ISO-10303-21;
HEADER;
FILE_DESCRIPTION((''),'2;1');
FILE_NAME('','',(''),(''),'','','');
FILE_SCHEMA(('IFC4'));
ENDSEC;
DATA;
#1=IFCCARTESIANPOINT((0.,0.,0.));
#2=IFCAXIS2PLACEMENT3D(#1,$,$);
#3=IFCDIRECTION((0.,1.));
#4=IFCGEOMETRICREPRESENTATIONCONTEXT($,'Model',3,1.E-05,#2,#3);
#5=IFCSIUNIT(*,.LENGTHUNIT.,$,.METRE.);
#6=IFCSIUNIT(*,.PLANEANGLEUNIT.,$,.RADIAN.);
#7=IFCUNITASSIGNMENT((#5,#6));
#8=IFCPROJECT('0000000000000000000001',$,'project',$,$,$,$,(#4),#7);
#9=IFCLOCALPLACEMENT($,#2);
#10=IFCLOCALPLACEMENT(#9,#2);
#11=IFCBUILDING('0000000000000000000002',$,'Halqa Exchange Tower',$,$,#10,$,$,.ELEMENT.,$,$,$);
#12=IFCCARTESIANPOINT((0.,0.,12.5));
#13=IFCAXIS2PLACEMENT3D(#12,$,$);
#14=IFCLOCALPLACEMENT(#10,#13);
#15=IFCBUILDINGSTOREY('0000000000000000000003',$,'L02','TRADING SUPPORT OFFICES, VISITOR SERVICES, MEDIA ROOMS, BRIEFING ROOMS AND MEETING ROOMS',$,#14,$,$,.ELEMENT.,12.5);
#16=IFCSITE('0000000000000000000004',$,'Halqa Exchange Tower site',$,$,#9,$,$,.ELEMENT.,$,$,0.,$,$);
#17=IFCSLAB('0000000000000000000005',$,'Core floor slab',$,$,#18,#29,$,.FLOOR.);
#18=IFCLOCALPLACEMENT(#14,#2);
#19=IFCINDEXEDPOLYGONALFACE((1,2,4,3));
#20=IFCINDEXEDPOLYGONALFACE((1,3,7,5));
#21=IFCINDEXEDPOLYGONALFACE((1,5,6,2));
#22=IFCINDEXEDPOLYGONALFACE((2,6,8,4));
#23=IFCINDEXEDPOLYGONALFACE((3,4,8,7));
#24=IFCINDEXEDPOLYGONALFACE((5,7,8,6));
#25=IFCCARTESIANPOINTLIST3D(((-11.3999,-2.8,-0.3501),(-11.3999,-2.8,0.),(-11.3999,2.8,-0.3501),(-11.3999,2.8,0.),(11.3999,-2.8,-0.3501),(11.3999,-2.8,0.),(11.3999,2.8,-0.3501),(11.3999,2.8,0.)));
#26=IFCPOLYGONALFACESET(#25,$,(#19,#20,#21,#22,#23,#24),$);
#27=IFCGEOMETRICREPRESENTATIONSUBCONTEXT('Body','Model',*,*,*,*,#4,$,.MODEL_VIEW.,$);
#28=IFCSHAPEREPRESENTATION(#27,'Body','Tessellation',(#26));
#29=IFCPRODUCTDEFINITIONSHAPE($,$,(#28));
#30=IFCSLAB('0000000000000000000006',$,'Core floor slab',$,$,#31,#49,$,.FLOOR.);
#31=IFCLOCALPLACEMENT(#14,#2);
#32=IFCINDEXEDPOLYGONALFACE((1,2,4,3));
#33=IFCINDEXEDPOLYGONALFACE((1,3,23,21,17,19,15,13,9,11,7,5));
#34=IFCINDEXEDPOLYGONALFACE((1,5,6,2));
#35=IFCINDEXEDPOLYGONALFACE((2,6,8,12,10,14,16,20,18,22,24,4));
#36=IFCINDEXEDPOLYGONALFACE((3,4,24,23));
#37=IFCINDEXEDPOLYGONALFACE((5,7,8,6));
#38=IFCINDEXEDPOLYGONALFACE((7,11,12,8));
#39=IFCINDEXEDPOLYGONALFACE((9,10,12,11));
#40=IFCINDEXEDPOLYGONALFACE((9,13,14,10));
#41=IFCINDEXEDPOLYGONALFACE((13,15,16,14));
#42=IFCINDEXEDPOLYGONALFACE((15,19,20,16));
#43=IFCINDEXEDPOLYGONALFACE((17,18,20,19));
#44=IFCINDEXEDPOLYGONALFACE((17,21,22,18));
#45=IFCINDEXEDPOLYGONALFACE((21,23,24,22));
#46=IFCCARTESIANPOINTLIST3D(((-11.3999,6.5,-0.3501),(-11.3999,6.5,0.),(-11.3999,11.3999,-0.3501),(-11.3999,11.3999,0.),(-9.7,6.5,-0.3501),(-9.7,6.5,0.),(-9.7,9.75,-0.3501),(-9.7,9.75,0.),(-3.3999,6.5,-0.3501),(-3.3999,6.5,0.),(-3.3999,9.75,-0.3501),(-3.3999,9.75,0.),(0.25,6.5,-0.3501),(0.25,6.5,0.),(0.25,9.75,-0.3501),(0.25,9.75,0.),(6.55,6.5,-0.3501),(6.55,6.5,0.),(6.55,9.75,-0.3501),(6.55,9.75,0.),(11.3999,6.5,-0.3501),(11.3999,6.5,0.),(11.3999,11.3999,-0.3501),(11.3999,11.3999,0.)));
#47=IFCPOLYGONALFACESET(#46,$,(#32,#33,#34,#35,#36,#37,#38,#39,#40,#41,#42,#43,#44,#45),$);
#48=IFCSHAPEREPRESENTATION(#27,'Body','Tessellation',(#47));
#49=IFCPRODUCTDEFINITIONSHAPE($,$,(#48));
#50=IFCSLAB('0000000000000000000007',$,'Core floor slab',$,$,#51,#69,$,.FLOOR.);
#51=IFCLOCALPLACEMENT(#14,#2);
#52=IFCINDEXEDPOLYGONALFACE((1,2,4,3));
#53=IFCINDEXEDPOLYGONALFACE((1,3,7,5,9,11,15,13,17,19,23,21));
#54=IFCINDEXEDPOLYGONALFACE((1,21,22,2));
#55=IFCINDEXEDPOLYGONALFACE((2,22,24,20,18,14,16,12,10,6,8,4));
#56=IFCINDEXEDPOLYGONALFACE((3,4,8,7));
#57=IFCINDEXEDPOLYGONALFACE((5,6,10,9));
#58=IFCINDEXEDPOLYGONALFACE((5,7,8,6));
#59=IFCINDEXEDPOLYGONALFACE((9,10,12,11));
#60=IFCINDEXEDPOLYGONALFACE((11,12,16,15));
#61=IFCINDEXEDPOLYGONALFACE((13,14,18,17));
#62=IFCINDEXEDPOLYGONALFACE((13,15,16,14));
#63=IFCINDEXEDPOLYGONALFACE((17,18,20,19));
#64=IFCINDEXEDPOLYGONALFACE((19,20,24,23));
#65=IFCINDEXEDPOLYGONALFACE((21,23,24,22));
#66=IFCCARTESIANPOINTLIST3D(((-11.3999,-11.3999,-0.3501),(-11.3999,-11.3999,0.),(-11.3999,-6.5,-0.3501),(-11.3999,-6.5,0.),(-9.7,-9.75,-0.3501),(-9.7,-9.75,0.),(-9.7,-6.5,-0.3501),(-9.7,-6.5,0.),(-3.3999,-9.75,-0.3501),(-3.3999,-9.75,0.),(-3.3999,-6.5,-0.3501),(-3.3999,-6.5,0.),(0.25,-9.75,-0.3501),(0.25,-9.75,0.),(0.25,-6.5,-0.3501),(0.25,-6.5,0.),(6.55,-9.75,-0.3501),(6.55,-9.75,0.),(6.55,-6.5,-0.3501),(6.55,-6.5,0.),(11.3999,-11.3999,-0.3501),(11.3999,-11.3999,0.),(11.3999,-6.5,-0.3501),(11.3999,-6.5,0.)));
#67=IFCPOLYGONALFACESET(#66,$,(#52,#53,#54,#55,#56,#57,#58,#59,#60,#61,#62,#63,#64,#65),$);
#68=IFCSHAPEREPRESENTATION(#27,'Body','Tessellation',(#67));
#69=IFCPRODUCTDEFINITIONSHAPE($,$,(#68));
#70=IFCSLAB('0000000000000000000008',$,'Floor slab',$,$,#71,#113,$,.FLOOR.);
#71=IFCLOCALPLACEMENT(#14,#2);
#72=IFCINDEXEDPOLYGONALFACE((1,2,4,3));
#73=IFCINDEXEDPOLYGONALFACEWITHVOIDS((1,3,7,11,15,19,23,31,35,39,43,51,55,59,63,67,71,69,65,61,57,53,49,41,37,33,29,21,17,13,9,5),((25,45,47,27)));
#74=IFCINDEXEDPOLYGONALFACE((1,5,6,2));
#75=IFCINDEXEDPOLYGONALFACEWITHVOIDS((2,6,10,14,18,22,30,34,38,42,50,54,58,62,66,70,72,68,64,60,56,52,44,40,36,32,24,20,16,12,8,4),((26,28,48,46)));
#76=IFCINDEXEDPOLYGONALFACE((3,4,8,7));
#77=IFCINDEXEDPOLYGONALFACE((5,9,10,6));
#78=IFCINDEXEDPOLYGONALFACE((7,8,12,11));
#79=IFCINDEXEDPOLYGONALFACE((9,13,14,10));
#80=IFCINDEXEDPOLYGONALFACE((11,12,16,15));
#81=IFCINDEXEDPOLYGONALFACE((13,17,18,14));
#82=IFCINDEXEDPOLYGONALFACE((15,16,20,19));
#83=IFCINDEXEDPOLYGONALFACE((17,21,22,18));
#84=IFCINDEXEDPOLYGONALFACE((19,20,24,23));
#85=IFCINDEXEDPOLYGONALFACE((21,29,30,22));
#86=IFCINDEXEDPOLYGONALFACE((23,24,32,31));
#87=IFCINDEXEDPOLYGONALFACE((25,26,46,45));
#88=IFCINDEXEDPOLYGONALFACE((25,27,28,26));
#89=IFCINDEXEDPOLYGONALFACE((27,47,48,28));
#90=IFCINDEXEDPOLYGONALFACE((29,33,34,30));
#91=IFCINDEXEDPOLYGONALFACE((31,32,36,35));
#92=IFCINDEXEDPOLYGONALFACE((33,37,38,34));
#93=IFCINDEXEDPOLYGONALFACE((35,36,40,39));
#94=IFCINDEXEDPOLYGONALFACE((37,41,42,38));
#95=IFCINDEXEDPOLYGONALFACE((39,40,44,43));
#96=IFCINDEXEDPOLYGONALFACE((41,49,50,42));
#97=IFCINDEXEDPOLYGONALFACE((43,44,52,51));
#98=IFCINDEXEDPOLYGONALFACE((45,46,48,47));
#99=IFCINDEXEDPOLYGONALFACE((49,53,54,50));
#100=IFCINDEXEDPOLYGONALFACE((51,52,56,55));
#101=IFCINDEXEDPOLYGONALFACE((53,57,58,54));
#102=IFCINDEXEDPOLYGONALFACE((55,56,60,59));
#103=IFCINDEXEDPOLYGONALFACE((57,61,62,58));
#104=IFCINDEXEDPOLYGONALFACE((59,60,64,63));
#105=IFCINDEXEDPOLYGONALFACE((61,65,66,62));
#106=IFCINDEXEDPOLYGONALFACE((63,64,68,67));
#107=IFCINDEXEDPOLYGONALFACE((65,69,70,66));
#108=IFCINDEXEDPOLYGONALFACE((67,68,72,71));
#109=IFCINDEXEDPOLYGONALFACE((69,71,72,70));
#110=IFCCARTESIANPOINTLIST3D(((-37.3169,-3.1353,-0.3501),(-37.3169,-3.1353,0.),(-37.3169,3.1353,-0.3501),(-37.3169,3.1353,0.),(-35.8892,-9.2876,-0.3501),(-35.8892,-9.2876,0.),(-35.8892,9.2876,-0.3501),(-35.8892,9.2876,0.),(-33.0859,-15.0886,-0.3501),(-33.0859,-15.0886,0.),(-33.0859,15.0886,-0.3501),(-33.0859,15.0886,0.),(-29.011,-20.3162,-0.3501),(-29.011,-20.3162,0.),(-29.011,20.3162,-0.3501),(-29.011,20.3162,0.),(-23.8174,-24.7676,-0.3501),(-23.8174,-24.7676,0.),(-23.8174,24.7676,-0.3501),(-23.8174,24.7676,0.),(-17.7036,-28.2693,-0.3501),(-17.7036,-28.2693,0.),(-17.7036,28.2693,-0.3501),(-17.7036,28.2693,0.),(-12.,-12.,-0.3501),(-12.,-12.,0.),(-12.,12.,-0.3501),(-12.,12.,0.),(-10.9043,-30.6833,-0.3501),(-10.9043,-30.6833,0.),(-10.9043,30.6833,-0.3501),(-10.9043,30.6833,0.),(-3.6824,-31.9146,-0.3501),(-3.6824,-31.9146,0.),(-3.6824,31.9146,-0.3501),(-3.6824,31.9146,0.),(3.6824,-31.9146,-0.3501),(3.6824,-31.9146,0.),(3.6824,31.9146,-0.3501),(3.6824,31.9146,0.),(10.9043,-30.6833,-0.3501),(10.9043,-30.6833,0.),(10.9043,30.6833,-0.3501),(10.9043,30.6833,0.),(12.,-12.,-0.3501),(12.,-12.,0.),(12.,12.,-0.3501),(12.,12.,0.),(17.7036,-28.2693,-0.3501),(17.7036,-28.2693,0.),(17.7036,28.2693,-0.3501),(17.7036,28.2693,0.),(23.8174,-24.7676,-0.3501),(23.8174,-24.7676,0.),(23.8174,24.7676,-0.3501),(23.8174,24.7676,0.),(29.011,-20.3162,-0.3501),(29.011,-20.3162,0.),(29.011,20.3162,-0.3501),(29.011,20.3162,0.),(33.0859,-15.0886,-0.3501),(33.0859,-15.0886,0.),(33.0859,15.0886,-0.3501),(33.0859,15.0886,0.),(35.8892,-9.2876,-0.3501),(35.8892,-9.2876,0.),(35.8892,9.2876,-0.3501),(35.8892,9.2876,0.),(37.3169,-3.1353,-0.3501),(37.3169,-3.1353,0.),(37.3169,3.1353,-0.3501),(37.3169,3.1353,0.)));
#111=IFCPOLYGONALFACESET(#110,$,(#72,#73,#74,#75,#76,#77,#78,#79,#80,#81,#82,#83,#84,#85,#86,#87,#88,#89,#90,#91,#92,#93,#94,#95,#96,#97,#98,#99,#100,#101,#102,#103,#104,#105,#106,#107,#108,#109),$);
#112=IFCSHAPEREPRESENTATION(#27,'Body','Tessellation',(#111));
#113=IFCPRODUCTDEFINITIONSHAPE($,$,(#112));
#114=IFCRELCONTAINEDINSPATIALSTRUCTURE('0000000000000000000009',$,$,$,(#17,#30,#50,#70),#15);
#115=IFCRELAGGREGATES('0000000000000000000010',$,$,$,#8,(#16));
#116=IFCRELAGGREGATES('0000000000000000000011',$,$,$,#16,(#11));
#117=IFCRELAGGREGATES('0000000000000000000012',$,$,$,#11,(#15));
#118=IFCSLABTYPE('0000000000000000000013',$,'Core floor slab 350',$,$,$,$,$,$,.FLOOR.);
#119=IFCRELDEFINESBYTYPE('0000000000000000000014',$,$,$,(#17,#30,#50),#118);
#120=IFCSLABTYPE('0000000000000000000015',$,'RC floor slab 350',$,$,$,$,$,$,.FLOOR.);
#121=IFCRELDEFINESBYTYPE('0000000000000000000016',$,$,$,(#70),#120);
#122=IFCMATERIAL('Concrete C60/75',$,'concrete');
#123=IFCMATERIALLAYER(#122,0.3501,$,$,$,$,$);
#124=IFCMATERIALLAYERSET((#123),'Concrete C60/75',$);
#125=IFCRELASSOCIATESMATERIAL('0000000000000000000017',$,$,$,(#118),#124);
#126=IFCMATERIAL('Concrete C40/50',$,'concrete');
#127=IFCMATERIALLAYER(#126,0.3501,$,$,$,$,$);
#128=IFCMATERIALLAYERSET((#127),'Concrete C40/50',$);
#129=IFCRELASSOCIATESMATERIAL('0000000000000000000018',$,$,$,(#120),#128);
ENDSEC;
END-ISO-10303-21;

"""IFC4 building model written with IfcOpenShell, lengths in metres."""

from ifc_helpers import new_model, si_unit, direction, frame, origin, place, context, subcontext, project, spatial, polyline, outline, extrude, material, layer, layer_set, type_object, element, save


model = new_model("IFC4")

# Units and contexts
model_context = context("Model", 3, precision=1e-05, world=origin(), true_north=direction((0.0, 1.0)))
body_context = subcontext(model_context, "Body", "Model", "MODEL_VIEW")
ifc_project = project(units=[si_unit("LENGTHUNIT", "METRE"), si_unit("PLANEANGLEUNIT", "RADIAN")], contexts=[model_context])

# Site, building, storey
site_placement = place(None, origin())
site = spatial("IfcSite", under=ifc_project, at=site_placement, Name="Halqa Exchange Tower site", CompositionType="ELEMENT", RefElevation=0.0)
building_placement = place(site_placement, origin())
building = spatial("IfcBuilding", under=site, at=building_placement, Name="Halqa Exchange Tower", CompositionType="ELEMENT")
storey_placement = place(building_placement, frame((0.0, 0.0, 12.5)))
storey = spatial("IfcBuildingStorey", under=building, at=storey_placement, Name="L02", Description="TRADING SUPPORT OFFICES, VISITOR SERVICES, MEDIA ROOMS, BRIEFING ROOMS AND MEETING ROOMS", CompositionType="ELEMENT", Elevation=12.5)

# Slabs
ifc_material_1 = material(Name="Concrete C60/75", Category="concrete")
ifc_layer_1 = layer(ifc_material_1, 0.3501)
ifc_layer_set_1 = layer_set([ifc_layer_1], Name="Concrete C60/75")
slab_type_1 = type_object("IfcSlabType", Name="Core floor slab 350", PredefinedType="FLOOR", material=ifc_layer_set_1)
slab_1_placement = place(storey_placement, frame((0.0, 0.0, -0.3501)))
element("IfcSlab", 1, at=slab_1_placement, inside=storey, type_object=slab_type_1, Name="Core floor slab", PredefinedType="FLOOR", context=body_context, shape_type="SweptSolid", body=[
    extrude(outline(polyline([(-11.3999, 2.8), (11.3999, 2.8), (11.3999, -2.8), (-11.3999, -2.8), (-11.3999, 2.8)])), origin(), (0.0, 0.0, 1.0), 0.3501),
])
slab_2_placement = place(storey_placement, frame((0.0, 0.0, -0.3501)))
element("IfcSlab", 2, at=slab_2_placement, inside=storey, type_object=slab_type_1, Name="Core floor slab", PredefinedType="FLOOR", context=body_context, shape_type="SweptSolid", body=[
    extrude(outline(polyline([(-11.3999, 11.3999), (11.3999, 11.3999), (11.3999, 6.5), (6.55, 6.5), (6.55, 9.75), (0.25, 9.75), (0.25, 6.5), (-3.3999, 6.5), (-3.3999, 9.75), (-9.7, 9.75), (-9.7, 6.5), (-11.3999, 6.5), (-11.3999, 11.3999)])), origin(), (0.0, 0.0, 1.0), 0.3501),
])
slab_3_placement = place(storey_placement, frame((0.0, 0.0, -0.3501)))
element("IfcSlab", 3, at=slab_3_placement, inside=storey, type_object=slab_type_1, Name="Core floor slab", PredefinedType="FLOOR", context=body_context, shape_type="SweptSolid", body=[
    extrude(outline(polyline([(-9.7, -9.75), (-3.3999, -9.75), (-3.3999, -6.5), (0.25, -6.5), (0.25, -9.75), (6.55, -9.75), (6.55, -6.5), (11.3999, -6.5), (11.3999, -11.3999), (-11.3999, -11.3999), (-11.3999, -6.5), (-9.7, -6.5), (-9.7, -9.75)])), origin(), (0.0, 0.0, 1.0), 0.3501),
])
ifc_material_2 = material(Name="Concrete C40/50", Category="concrete")
ifc_layer_2 = layer(ifc_material_2, 0.3501)
ifc_layer_set_2 = layer_set([ifc_layer_2], Name="Concrete C40/50")
slab_type_2 = type_object("IfcSlabType", Name="RC floor slab 350", PredefinedType="FLOOR", material=ifc_layer_set_2)
slab_4_placement = place(storey_placement, frame((0.0, 0.0, -0.3501)))
element("IfcSlab", 4, at=slab_4_placement, inside=storey, type_object=slab_type_2, Name="Floor slab", PredefinedType="FLOOR", context=body_context, shape_type="SweptSolid", body=[
    extrude(outline(polyline([(37.3169, 3.1353), (37.3169, -3.1353), (35.8892, -9.2876), (33.0859, -15.0886), (29.011, -20.3162), (23.8174, -24.7676), (17.7036, -28.2693), (10.9043, -30.6833), (3.6824, -31.9146), (-3.6824, -31.9146), (-10.9043, -30.6833), (-17.7036, -28.2693), (-23.8174, -24.7676), (-29.011, -20.3162), (-33.0859, -15.0886), (-35.8892, -9.2876), (-37.3169, -3.1353), (-37.3169, 3.1353), (-35.8892, 9.2876), (-33.0859, 15.0886), (-29.011, 20.3162), (-23.8174, 24.7676), (-17.7036, 28.2693), (-10.9043, 30.6833), (-3.6824, 31.9146), (3.6824, 31.9146), (10.9043, 30.6833), (17.7036, 28.2693), (23.8174, 24.7676), (29.011, 20.3162), (33.0859, 15.0886), (35.8892, 9.2876), (37.3169, 3.1353)]), holes=[polyline([(-12.0, -12.0), (12.0, -12.0), (12.0, 12.0), (-12.0, 12.0), (-12.0, -12.0)])]), origin(), (0.0, 0.0, 1.0), 0.3501),
])

save(model, "model.ifc")
